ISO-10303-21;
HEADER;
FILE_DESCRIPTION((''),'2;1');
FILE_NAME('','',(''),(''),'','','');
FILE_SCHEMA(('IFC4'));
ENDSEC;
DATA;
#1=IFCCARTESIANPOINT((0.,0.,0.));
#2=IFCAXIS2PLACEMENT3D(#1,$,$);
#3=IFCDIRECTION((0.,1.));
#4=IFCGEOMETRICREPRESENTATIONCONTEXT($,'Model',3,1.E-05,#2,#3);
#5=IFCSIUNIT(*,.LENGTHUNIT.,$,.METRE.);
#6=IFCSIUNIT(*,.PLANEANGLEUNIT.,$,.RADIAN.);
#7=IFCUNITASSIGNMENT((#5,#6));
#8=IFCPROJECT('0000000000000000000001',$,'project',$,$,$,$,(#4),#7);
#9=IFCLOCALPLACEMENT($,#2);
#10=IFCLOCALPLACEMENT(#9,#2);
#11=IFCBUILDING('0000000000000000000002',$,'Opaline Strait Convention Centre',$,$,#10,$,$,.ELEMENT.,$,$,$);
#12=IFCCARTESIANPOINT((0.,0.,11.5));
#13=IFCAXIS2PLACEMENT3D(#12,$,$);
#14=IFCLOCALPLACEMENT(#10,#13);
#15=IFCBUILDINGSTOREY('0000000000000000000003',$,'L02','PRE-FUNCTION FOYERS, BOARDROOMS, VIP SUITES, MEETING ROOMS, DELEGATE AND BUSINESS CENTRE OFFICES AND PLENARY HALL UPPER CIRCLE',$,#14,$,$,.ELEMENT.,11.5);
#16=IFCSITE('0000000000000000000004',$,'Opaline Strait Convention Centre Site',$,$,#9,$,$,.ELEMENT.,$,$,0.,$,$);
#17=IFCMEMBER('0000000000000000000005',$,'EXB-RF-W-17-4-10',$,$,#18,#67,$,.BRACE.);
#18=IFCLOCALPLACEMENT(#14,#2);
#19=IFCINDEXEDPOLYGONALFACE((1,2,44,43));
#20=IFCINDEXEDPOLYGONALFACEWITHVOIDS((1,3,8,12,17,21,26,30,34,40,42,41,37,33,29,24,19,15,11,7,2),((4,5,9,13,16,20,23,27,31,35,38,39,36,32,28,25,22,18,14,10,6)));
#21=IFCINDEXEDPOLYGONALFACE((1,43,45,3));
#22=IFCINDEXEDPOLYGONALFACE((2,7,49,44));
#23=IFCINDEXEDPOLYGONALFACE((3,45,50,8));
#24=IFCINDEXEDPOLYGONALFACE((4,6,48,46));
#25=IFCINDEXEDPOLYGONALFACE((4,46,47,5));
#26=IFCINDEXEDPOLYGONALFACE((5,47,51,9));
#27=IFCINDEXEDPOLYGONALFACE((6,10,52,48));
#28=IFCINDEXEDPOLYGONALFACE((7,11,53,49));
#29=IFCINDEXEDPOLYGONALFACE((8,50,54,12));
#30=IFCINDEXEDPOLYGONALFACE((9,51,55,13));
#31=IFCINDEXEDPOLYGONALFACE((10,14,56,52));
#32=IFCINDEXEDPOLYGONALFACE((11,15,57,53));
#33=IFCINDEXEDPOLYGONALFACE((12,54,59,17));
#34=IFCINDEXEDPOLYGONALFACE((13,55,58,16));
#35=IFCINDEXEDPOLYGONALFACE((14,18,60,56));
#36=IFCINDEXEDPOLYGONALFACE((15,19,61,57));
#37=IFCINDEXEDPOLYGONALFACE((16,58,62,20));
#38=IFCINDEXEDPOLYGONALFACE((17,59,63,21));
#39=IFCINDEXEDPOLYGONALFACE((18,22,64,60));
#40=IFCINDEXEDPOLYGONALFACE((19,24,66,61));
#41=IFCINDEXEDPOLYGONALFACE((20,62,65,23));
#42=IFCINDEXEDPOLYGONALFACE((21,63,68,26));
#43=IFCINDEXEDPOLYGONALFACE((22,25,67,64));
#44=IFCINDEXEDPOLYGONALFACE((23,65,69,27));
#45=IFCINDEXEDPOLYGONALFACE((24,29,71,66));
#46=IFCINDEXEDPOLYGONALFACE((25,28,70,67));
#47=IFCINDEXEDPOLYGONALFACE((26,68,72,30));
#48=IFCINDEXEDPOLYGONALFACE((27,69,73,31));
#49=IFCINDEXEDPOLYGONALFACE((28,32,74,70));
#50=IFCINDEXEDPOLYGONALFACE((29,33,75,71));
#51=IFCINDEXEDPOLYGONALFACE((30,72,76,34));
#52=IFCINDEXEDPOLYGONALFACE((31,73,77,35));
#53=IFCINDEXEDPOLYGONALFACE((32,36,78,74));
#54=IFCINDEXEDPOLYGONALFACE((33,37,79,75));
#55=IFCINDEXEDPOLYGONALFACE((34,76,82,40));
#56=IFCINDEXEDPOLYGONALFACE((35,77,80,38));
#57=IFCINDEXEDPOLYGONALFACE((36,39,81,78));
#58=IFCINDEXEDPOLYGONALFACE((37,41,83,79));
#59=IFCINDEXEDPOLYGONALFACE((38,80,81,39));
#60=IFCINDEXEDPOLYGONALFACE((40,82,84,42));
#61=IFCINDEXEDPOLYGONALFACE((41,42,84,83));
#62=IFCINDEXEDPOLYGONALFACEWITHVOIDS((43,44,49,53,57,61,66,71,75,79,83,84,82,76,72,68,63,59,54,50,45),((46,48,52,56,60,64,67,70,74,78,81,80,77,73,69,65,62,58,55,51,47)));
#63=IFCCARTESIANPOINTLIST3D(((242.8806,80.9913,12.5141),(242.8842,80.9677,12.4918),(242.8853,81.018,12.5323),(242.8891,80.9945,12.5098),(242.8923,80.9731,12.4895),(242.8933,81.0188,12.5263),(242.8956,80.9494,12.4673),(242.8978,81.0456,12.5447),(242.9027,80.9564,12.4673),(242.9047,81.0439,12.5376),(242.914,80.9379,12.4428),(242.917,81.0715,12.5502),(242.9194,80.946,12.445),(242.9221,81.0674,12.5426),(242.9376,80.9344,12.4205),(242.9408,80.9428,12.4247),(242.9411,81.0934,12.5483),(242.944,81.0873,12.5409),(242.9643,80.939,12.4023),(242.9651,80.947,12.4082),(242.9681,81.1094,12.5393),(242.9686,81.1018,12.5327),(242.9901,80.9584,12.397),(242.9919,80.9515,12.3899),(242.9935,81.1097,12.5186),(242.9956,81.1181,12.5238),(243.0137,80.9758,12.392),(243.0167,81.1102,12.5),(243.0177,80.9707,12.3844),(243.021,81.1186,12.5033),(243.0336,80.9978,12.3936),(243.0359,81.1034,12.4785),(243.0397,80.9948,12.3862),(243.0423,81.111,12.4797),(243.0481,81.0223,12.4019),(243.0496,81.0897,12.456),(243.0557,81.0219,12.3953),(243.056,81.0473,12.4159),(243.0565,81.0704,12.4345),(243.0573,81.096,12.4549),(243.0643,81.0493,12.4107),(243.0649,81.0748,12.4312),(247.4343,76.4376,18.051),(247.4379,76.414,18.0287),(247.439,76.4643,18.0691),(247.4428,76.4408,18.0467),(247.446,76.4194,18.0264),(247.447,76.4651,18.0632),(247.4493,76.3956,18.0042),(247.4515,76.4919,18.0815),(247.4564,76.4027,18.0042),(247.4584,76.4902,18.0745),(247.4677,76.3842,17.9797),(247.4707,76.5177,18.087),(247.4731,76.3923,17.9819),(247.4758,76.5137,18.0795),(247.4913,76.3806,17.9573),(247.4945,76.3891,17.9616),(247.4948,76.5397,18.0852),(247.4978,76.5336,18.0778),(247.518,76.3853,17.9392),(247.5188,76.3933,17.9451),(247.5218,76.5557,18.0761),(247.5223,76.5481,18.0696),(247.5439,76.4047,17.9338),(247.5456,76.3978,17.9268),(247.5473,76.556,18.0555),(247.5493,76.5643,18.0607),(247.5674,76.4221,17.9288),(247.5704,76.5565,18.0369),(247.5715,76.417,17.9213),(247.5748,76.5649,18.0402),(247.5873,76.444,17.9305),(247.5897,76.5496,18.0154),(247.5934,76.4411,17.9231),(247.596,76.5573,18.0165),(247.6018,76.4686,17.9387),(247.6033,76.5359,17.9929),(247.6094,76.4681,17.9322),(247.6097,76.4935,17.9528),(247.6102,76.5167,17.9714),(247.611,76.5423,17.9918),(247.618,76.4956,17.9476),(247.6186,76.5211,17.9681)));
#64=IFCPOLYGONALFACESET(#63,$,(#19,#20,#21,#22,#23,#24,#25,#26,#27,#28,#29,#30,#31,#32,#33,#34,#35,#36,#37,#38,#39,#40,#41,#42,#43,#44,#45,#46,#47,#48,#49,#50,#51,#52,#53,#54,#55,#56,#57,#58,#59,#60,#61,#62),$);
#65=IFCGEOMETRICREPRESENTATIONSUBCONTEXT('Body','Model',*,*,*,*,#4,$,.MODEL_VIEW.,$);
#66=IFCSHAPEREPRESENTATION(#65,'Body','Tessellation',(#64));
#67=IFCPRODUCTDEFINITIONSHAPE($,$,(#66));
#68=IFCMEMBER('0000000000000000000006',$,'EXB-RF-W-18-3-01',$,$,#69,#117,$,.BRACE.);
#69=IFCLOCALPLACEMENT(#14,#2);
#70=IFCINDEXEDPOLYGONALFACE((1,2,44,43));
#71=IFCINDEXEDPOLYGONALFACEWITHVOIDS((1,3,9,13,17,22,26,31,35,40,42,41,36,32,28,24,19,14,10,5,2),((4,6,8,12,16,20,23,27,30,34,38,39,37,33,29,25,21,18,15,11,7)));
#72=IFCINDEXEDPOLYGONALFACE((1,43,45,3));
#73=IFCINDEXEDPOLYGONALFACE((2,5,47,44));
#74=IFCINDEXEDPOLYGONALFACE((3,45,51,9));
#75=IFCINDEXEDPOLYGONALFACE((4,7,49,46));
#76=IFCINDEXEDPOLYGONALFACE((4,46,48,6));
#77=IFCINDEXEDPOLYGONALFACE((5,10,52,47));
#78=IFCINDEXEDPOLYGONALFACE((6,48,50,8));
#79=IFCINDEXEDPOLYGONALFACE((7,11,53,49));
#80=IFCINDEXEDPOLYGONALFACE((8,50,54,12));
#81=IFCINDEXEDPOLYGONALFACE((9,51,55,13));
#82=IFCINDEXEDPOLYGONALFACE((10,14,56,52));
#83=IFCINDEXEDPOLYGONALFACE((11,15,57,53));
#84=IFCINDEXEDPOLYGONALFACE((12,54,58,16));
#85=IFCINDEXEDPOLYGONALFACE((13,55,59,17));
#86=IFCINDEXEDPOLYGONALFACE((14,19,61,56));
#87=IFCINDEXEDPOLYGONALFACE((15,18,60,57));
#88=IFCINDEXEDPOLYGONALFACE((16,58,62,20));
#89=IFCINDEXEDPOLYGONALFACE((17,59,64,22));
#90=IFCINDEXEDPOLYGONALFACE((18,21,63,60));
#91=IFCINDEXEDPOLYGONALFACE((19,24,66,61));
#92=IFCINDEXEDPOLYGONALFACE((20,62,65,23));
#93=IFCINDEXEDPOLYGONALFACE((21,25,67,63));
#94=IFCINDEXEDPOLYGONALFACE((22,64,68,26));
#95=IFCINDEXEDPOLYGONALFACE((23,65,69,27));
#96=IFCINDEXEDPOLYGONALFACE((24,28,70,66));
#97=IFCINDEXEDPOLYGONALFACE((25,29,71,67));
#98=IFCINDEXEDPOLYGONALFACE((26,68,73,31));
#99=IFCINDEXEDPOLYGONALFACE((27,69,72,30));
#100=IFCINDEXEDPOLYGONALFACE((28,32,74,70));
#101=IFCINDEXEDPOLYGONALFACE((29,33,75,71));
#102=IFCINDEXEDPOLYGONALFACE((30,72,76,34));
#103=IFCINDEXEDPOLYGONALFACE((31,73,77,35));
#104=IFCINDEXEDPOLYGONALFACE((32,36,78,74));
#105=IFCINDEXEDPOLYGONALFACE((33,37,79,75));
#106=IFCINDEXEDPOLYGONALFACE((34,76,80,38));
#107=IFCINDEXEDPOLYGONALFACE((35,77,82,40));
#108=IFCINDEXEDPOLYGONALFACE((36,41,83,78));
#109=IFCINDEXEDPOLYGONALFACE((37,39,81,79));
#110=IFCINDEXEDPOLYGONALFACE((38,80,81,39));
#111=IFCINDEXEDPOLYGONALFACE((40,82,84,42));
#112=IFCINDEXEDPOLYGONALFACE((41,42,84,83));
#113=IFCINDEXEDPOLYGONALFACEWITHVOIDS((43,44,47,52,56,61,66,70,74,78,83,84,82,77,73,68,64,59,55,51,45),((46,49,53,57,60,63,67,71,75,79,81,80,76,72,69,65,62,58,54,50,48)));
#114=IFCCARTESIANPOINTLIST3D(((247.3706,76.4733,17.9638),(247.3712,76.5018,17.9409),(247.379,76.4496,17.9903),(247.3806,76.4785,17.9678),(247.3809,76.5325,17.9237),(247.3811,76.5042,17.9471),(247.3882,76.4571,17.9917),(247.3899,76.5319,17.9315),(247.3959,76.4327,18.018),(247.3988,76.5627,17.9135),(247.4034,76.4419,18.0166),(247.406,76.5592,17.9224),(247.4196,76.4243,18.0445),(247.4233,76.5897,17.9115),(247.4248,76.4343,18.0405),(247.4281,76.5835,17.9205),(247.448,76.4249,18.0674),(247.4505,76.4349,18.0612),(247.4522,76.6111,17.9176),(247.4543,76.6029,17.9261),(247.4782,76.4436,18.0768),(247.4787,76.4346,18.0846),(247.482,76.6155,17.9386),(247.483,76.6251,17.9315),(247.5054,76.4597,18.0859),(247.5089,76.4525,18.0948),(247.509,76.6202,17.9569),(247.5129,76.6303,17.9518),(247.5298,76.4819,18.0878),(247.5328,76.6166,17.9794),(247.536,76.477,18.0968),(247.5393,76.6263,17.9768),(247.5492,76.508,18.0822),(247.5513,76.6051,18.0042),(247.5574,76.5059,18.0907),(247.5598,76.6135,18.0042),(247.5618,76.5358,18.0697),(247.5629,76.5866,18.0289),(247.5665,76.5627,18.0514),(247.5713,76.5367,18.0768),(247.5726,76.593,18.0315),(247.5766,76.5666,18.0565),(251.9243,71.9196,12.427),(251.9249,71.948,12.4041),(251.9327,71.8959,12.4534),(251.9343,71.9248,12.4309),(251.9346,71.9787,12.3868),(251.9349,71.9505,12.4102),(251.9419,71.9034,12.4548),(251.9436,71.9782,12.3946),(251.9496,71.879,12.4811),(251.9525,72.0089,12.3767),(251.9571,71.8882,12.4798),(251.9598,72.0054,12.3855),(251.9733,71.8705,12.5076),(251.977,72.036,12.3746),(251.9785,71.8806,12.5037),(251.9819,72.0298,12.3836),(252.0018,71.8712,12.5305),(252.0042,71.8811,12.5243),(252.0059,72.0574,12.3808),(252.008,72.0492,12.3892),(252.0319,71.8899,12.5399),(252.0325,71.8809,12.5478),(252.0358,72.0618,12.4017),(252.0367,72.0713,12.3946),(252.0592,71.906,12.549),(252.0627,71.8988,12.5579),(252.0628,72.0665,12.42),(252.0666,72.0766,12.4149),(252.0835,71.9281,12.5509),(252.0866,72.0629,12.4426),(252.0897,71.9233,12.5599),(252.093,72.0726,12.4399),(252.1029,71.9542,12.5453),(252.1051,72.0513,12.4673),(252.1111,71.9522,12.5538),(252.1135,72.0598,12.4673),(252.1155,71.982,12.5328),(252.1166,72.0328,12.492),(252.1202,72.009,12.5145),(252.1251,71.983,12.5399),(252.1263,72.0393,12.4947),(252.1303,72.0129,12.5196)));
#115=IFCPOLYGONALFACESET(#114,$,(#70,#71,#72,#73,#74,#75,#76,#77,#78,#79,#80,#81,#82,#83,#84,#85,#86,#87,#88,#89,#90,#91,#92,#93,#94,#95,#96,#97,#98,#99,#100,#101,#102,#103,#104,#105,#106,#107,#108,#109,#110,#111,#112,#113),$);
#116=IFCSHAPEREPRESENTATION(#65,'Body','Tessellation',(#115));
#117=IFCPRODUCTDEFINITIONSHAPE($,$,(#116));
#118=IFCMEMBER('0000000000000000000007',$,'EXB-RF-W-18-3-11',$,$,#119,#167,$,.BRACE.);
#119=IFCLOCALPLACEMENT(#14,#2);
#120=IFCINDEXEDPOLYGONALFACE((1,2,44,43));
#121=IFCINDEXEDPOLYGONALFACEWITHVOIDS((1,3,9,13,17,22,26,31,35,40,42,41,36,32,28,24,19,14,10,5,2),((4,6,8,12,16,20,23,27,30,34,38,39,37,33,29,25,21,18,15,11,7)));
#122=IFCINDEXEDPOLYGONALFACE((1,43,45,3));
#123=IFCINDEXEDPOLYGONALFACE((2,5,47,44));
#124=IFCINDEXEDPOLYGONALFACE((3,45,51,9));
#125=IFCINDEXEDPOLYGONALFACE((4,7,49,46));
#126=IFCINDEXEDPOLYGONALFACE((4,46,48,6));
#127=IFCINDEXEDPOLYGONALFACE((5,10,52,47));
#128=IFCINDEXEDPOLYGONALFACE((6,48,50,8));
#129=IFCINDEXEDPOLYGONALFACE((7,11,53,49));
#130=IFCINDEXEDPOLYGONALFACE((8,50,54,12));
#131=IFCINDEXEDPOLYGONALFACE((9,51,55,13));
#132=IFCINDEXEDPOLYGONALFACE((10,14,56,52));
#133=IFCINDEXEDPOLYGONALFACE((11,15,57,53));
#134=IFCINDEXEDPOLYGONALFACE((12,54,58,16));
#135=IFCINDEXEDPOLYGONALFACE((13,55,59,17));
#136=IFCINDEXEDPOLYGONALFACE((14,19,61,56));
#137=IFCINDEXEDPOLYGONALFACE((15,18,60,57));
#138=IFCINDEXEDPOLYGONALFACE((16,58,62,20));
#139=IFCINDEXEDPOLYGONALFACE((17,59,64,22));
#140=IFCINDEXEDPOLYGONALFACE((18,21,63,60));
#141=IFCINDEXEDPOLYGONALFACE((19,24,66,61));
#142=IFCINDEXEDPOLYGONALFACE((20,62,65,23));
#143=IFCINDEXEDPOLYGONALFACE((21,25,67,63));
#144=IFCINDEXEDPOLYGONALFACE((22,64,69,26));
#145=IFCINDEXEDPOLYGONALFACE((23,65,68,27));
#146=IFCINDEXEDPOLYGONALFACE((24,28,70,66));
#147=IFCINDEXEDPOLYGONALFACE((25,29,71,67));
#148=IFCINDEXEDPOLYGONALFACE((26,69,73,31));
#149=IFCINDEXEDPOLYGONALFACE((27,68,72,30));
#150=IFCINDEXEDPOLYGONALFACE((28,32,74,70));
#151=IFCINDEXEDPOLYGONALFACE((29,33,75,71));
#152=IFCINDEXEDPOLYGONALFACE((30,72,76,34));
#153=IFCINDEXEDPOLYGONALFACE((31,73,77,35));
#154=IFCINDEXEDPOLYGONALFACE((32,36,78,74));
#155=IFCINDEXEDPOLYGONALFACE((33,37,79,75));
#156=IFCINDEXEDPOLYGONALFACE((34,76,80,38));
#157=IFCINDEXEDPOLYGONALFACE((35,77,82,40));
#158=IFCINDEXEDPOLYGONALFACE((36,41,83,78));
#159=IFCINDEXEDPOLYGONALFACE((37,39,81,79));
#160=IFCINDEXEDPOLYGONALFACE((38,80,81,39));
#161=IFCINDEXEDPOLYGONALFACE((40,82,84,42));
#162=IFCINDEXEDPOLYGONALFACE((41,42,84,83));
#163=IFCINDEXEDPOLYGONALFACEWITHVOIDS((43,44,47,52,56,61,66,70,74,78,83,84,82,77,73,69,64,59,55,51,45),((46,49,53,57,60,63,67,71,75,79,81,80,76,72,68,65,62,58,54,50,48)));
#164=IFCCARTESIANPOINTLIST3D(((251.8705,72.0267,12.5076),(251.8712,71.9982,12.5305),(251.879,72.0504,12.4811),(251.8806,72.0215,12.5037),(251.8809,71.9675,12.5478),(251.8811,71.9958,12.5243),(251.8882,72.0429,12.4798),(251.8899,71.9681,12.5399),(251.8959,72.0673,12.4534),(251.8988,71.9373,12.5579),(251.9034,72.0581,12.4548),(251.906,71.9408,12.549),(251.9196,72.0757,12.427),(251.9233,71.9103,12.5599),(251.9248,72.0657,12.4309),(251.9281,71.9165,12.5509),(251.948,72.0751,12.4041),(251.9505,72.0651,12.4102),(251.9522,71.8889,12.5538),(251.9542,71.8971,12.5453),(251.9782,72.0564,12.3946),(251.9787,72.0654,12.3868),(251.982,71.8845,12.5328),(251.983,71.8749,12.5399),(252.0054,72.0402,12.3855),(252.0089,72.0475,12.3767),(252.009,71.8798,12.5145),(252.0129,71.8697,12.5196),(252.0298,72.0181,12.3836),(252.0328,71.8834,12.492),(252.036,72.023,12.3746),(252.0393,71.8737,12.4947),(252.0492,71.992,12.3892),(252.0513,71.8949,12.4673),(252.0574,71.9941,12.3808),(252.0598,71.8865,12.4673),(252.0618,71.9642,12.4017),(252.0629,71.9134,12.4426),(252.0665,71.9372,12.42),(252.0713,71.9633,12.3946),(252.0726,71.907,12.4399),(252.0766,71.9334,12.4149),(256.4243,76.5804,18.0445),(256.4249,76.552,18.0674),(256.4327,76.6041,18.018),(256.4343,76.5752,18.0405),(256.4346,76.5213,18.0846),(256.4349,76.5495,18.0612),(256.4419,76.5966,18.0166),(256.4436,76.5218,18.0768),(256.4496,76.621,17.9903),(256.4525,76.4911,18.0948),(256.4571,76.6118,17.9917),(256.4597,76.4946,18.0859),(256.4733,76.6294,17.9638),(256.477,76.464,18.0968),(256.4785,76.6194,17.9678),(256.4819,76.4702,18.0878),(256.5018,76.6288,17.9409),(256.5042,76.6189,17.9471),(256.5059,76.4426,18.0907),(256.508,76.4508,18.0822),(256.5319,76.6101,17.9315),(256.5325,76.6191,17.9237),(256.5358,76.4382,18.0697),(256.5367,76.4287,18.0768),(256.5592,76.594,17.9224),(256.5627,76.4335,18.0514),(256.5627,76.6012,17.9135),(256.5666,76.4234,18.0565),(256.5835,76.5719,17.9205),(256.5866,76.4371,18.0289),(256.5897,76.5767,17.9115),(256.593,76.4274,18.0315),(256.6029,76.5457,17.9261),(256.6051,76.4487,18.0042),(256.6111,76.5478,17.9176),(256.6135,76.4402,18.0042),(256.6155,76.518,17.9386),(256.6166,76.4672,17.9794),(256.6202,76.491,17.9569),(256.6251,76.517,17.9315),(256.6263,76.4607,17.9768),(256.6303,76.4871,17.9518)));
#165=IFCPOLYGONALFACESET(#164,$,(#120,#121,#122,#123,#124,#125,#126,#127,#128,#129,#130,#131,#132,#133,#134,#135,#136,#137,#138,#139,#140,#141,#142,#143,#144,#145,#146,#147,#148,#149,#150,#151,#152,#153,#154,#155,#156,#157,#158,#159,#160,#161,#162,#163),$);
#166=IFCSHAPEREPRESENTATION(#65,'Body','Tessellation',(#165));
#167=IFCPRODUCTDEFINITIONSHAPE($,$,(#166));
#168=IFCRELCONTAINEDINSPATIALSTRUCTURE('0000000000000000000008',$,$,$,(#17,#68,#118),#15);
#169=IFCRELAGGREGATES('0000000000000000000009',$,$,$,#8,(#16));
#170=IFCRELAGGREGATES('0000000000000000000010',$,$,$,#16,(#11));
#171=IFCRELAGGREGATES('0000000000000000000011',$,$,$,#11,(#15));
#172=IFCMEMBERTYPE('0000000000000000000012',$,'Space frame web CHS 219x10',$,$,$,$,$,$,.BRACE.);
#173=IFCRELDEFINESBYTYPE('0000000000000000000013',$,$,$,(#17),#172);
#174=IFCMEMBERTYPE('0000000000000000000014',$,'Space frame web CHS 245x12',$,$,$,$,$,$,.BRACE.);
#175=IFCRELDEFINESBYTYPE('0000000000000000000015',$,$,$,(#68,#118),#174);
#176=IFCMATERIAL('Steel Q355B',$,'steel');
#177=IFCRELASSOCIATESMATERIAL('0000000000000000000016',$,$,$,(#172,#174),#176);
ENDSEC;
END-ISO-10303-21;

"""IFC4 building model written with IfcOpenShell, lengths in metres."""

from ifc_helpers import new_model, si_unit, direction, frame, origin, origin_2d, place, context, subcontext, project, spatial, hollow_circle, extrude, material, material_profile, profile_set, type_object, element, save


model = new_model("IFC4")

# Units and contexts
model_context = context("Model", 3, precision=1e-05, world=origin(), true_north=direction((0.0, 1.0)))
body_context = subcontext(model_context, "Body", "Model", "MODEL_VIEW")
ifc_project = project(units=[si_unit("LENGTHUNIT", "METRE"), si_unit("PLANEANGLEUNIT", "RADIAN")], contexts=[model_context])

# Site, building, storey
site_placement = place(None, origin())
site = spatial("IfcSite", under=ifc_project, at=site_placement, Name="Opaline Strait Convention Centre Site", CompositionType="ELEMENT", RefElevation=0.0)
building_placement = place(site_placement, origin())
building = spatial("IfcBuilding", under=site, at=building_placement, Name="Opaline Strait Convention Centre", CompositionType="ELEMENT")
storey_placement = place(building_placement, frame((0.0, 0.0, 11.5)))
storey = spatial("IfcBuildingStorey", under=building, at=storey_placement, Name="L02", Description="PRE-FUNCTION FOYERS, BOARDROOMS, VIP SUITES, MEETING ROOMS, DELEGATE AND BUSINESS CENTRE OFFICES AND PLENARY HALL UPPER CIRCLE", CompositionType="ELEMENT", Elevation=11.5)

# Members
ifc_material_1 = material(Name="Steel Q355B", Category="steel")
ifc_material_profile_1 = material_profile(ifc_material_1, hollow_circle(Radius=0.1096, WallThickness=0.01, at=origin_2d()), Name="CHS 219x10")
ifc_profile_set_1 = profile_set([ifc_material_profile_1], Name="Steel Q355B")
member_type_1 = type_object("IfcMemberType", Name="Space frame web CHS 219x10", PredefinedType="BRACE", material=ifc_profile_set_1)
for number, where, z_axis, x_axis, name in (
    (1, (247.5269, 76.4731, 18.0042), (-0.536178, 0.536178, -0.65194), (-0.707107, -0.707107, 0.0), "EXB-RF-W-17-4-10"),
):
    element("IfcMember", number, at=place(storey_placement, frame(where, z_axis=z_axis, x_axis=x_axis)), inside=storey, type_object=member_type_1, Name=name, PredefinedType="BRACE", context=body_context, shape_type="SweptSolid", body=[
        extrude(hollow_circle(Radius=0.1096, WallThickness=0.01, at=origin_2d()), origin(), (0.0, 0.0, 1.0), 8.4929),
    ])
ifc_material_profile_2 = material_profile(ifc_material_1, hollow_circle(Radius=0.1226, WallThickness=0.012, at=origin_2d()), Name="CHS 245x12")
ifc_profile_set_2 = profile_set([ifc_material_profile_2], Name="Steel Q355B")
member_type_2 = type_object("IfcMemberType", Name="Space frame web CHS 245x12", PredefinedType="BRACE", material=ifc_profile_set_2)
for number, where, z_axis, x_axis, name in (
    (2, (247.4731, 76.5269, 18.0042), (0.536178, -0.536178, -0.65194), (0.707107, 0.707107, 0.0), "EXB-RF-W-18-3-01"),
    (3, (256.5269, 76.5269, 18.0042), (-0.536178, -0.536178, -0.65194), (0.707107, -0.707107, 0.0), "EXB-RF-W-18-3-11"),
):
    element("IfcMember", number, at=place(storey_placement, frame(where, z_axis=z_axis, x_axis=x_axis)), inside=storey, type_object=member_type_2, Name=name, PredefinedType="BRACE", context=body_context, shape_type="SweptSolid", body=[
        extrude(hollow_circle(Radius=0.1226, WallThickness=0.012, at=origin_2d()), origin(), (0.0, 0.0, 1.0), 8.4929),
    ])

save(model, "model.ifc")
